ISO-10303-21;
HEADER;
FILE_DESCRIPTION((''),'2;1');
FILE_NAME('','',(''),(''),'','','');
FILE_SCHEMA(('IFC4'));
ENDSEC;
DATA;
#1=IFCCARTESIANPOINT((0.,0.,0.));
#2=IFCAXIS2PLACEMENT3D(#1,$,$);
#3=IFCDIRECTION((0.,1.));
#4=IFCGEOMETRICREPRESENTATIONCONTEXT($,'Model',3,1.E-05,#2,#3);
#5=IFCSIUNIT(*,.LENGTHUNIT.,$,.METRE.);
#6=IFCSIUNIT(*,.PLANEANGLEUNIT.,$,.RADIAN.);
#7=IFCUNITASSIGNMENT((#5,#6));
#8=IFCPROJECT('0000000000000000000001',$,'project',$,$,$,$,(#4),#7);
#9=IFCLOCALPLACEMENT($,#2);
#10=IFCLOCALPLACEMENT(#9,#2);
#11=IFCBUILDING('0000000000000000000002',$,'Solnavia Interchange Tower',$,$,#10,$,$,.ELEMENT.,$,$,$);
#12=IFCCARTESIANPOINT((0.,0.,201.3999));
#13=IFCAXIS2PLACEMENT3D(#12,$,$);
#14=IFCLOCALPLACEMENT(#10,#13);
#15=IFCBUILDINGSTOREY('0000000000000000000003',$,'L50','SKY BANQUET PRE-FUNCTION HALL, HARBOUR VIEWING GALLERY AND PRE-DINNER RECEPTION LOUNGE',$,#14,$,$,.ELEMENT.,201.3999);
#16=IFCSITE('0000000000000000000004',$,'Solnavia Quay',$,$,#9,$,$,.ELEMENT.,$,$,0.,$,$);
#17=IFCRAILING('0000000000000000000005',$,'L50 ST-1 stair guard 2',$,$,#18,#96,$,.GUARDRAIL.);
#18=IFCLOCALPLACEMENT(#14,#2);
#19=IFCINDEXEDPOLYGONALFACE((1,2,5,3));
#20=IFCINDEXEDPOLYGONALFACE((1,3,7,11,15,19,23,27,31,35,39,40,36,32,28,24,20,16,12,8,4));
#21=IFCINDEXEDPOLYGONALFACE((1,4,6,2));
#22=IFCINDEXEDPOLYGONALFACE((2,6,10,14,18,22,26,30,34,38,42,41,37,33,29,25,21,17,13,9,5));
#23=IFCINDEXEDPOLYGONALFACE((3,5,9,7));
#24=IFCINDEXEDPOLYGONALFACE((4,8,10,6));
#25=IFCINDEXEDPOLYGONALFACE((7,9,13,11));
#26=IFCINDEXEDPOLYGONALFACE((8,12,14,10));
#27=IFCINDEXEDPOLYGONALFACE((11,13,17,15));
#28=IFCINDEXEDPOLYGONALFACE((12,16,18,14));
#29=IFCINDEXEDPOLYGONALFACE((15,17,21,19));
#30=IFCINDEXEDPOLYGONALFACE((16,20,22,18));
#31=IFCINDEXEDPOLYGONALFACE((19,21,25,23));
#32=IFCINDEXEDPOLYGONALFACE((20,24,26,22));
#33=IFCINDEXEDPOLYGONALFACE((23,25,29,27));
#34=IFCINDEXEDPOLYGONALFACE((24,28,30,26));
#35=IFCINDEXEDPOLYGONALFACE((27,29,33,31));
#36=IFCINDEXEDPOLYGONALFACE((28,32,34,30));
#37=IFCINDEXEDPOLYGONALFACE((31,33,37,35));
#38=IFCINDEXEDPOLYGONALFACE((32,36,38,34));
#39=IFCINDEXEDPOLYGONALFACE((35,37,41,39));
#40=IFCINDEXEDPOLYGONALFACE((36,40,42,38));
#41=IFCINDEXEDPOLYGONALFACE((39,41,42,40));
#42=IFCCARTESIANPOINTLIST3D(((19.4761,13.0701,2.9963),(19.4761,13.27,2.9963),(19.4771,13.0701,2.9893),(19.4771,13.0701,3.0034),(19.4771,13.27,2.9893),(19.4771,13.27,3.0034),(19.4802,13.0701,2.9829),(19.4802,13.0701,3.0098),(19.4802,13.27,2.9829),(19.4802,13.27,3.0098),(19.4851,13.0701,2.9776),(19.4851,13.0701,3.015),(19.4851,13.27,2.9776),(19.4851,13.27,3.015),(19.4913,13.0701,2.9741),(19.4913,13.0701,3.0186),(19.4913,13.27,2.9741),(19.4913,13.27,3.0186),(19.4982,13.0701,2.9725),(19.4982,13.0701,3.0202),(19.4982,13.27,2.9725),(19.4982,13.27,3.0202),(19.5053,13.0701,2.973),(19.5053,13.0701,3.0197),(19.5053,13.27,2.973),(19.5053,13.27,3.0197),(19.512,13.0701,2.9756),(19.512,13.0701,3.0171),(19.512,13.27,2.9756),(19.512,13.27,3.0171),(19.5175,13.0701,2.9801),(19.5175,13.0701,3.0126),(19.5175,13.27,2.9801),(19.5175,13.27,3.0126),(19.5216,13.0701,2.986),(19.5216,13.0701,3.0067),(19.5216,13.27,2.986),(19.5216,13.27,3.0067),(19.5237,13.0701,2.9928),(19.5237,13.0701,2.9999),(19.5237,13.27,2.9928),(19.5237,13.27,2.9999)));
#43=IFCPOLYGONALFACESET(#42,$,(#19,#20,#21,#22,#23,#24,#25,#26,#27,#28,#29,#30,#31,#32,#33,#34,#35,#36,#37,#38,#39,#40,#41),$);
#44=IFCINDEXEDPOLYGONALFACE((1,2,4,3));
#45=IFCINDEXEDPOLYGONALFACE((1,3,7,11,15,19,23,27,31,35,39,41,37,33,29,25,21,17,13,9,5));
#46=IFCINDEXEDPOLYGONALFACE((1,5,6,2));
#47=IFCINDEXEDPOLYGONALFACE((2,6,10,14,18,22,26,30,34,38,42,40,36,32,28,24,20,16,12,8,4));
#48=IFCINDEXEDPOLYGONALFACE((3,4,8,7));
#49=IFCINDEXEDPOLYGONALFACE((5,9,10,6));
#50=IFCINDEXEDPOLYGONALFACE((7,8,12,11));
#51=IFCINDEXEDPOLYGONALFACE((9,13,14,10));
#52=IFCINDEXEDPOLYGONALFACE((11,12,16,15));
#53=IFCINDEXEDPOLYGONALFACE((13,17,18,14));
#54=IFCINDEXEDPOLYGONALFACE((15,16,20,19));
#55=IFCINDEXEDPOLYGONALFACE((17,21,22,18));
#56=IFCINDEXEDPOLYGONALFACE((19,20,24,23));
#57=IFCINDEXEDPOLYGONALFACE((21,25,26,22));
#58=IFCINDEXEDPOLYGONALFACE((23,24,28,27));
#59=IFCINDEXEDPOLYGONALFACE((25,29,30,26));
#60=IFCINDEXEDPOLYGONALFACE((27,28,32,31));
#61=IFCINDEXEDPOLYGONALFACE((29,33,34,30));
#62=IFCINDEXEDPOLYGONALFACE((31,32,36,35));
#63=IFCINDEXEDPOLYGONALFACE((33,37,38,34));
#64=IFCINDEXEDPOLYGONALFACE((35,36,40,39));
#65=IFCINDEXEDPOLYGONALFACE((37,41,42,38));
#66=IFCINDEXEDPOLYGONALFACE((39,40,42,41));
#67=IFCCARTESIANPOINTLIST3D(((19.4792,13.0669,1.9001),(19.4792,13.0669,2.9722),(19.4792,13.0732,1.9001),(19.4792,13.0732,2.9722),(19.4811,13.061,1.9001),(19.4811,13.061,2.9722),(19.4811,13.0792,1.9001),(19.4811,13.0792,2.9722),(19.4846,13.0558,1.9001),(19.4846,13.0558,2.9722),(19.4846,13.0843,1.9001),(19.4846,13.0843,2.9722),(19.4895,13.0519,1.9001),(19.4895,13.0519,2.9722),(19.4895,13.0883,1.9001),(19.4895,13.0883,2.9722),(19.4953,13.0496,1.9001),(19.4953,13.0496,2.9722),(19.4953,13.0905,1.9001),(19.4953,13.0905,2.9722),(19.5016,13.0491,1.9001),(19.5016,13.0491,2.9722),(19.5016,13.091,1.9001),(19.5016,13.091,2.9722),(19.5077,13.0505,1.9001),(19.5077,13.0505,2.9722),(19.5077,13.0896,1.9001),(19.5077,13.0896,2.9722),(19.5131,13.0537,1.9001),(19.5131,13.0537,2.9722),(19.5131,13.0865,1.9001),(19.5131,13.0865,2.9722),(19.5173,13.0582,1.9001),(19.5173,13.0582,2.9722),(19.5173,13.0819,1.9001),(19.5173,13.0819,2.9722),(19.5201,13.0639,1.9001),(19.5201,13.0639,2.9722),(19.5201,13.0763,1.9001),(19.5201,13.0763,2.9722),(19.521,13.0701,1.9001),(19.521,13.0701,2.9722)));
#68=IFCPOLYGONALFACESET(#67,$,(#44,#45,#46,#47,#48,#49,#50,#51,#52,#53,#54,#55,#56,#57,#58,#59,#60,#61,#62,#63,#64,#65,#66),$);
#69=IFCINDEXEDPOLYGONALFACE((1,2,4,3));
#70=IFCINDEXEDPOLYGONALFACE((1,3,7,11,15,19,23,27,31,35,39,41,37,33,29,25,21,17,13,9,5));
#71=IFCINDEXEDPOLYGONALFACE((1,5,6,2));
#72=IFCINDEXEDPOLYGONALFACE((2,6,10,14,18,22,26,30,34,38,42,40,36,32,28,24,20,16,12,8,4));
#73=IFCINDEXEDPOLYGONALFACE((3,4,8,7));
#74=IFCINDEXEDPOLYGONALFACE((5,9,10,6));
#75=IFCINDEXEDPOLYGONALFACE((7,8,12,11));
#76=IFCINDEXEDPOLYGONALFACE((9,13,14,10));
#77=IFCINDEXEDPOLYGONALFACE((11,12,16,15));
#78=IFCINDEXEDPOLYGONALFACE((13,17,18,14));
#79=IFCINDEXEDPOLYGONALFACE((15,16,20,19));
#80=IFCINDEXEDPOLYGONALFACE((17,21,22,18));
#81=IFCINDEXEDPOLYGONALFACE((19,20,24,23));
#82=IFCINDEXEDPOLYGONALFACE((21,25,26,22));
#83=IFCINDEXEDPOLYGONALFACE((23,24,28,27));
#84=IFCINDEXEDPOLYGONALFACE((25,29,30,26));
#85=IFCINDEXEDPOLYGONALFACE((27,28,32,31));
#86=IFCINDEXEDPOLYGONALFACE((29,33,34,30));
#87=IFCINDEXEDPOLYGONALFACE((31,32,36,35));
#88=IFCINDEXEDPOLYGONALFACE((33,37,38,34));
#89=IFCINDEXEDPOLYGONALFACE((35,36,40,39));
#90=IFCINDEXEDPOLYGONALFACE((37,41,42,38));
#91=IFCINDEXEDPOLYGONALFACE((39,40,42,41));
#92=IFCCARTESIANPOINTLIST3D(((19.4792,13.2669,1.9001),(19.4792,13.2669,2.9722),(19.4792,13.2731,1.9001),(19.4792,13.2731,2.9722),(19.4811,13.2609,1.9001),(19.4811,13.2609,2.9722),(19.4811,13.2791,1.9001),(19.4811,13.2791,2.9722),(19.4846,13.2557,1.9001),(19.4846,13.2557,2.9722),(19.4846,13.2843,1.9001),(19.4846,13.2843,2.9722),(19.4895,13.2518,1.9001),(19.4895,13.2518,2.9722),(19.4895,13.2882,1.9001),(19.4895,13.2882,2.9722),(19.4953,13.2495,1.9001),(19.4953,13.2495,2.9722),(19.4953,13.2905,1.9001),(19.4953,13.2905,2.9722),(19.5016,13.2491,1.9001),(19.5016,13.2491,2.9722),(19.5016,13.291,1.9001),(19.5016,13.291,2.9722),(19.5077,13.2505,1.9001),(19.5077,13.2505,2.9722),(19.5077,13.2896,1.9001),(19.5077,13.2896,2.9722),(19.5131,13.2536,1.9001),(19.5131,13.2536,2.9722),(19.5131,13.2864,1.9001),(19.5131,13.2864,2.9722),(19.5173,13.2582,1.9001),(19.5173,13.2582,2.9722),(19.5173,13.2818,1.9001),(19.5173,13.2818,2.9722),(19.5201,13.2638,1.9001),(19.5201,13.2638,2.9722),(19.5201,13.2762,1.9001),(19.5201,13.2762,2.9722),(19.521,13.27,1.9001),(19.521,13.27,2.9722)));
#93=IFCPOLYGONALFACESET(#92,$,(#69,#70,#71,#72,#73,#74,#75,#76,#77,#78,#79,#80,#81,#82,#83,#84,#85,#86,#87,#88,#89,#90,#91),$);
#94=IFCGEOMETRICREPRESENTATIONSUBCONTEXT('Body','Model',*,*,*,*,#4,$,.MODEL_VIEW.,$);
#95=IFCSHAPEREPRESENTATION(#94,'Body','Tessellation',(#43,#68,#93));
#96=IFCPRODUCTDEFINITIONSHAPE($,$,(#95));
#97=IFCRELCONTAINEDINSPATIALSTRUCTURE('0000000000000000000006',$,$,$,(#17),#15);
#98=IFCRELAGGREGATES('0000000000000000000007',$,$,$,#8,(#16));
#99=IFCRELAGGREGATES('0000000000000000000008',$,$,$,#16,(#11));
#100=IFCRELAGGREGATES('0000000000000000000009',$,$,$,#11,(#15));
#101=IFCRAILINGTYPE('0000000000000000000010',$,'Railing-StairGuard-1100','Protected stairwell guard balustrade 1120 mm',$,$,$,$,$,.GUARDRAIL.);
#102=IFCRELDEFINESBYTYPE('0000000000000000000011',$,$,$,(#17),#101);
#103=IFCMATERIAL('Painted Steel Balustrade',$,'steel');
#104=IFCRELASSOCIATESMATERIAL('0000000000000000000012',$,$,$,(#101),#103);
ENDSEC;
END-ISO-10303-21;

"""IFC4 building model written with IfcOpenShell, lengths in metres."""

from ifc_helpers import new_model, si_unit, direction, frame, origin, origin_2d, place, context, subcontext, project, spatial, circle, extrude, material, type_object, element, save


model = new_model("IFC4")

# Units and contexts
model_context = context("Model", 3, precision=1e-05, world=origin(), true_north=direction((0.0, 1.0)))
body_context = subcontext(model_context, "Body", "Model", "MODEL_VIEW")
ifc_project = project(units=[si_unit("LENGTHUNIT", "METRE"), si_unit("PLANEANGLEUNIT", "RADIAN")], contexts=[model_context])

# Site, building, storey
site_placement = place(None, origin())
site = spatial("IfcSite", under=ifc_project, at=site_placement, Name="Solnavia Quay", CompositionType="ELEMENT", RefElevation=0.0)
building_placement = place(site_placement, origin())
building = spatial("IfcBuilding", under=site, at=building_placement, Name="Solnavia Interchange Tower", CompositionType="ELEMENT")
storey_placement = place(building_placement, frame((0.0, 0.0, 201.3999)))
storey = spatial("IfcBuildingStorey", under=building, at=storey_placement, Name="L50", Description="SKY BANQUET PRE-FUNCTION HALL, HARBOUR VIEWING GALLERY AND PRE-DINNER RECEPTION LOUNGE", CompositionType="ELEMENT", Elevation=201.3999)

# Railing
ifc_material_1 = material(Name="Painted Steel Balustrade", Category="steel")
railing_type_1 = type_object("IfcRailingType", Name="Railing-StairGuard-1100", Description="Protected stairwell guard balustrade 1120 mm", PredefinedType="GUARDRAIL", material=ifc_material_1)
railing_1_placement = place(storey_placement, frame((19.5, 13.0701, 1.9001)))
element("IfcRailing", 1, at=railing_1_placement, inside=storey, type_object=railing_type_1, Name="L50 ST-1 stair guard 2", PredefinedType="GUARDRAIL", context=body_context, shape_type="SweptSolid", body=[
    extrude(circle(Radius=0.0239, at=origin_2d()), frame((0.0, 0.0, 1.0962), z_axis=(0.0, 1.0, 0.0), x_axis=(-1.0, 0.0, 0.0)), (0.0, 0.0, 1.0), 0.2),
    extrude(circle(Radius=0.021, at=origin_2d()), origin(), (0.0, 0.0, 1.0), 1.072),
    extrude(circle(Radius=0.021, at=origin_2d()), frame((0.0, 0.2, 0.0)), (0.0, 0.0, 1.0), 1.072),
])

save(model, "model.ifc")
